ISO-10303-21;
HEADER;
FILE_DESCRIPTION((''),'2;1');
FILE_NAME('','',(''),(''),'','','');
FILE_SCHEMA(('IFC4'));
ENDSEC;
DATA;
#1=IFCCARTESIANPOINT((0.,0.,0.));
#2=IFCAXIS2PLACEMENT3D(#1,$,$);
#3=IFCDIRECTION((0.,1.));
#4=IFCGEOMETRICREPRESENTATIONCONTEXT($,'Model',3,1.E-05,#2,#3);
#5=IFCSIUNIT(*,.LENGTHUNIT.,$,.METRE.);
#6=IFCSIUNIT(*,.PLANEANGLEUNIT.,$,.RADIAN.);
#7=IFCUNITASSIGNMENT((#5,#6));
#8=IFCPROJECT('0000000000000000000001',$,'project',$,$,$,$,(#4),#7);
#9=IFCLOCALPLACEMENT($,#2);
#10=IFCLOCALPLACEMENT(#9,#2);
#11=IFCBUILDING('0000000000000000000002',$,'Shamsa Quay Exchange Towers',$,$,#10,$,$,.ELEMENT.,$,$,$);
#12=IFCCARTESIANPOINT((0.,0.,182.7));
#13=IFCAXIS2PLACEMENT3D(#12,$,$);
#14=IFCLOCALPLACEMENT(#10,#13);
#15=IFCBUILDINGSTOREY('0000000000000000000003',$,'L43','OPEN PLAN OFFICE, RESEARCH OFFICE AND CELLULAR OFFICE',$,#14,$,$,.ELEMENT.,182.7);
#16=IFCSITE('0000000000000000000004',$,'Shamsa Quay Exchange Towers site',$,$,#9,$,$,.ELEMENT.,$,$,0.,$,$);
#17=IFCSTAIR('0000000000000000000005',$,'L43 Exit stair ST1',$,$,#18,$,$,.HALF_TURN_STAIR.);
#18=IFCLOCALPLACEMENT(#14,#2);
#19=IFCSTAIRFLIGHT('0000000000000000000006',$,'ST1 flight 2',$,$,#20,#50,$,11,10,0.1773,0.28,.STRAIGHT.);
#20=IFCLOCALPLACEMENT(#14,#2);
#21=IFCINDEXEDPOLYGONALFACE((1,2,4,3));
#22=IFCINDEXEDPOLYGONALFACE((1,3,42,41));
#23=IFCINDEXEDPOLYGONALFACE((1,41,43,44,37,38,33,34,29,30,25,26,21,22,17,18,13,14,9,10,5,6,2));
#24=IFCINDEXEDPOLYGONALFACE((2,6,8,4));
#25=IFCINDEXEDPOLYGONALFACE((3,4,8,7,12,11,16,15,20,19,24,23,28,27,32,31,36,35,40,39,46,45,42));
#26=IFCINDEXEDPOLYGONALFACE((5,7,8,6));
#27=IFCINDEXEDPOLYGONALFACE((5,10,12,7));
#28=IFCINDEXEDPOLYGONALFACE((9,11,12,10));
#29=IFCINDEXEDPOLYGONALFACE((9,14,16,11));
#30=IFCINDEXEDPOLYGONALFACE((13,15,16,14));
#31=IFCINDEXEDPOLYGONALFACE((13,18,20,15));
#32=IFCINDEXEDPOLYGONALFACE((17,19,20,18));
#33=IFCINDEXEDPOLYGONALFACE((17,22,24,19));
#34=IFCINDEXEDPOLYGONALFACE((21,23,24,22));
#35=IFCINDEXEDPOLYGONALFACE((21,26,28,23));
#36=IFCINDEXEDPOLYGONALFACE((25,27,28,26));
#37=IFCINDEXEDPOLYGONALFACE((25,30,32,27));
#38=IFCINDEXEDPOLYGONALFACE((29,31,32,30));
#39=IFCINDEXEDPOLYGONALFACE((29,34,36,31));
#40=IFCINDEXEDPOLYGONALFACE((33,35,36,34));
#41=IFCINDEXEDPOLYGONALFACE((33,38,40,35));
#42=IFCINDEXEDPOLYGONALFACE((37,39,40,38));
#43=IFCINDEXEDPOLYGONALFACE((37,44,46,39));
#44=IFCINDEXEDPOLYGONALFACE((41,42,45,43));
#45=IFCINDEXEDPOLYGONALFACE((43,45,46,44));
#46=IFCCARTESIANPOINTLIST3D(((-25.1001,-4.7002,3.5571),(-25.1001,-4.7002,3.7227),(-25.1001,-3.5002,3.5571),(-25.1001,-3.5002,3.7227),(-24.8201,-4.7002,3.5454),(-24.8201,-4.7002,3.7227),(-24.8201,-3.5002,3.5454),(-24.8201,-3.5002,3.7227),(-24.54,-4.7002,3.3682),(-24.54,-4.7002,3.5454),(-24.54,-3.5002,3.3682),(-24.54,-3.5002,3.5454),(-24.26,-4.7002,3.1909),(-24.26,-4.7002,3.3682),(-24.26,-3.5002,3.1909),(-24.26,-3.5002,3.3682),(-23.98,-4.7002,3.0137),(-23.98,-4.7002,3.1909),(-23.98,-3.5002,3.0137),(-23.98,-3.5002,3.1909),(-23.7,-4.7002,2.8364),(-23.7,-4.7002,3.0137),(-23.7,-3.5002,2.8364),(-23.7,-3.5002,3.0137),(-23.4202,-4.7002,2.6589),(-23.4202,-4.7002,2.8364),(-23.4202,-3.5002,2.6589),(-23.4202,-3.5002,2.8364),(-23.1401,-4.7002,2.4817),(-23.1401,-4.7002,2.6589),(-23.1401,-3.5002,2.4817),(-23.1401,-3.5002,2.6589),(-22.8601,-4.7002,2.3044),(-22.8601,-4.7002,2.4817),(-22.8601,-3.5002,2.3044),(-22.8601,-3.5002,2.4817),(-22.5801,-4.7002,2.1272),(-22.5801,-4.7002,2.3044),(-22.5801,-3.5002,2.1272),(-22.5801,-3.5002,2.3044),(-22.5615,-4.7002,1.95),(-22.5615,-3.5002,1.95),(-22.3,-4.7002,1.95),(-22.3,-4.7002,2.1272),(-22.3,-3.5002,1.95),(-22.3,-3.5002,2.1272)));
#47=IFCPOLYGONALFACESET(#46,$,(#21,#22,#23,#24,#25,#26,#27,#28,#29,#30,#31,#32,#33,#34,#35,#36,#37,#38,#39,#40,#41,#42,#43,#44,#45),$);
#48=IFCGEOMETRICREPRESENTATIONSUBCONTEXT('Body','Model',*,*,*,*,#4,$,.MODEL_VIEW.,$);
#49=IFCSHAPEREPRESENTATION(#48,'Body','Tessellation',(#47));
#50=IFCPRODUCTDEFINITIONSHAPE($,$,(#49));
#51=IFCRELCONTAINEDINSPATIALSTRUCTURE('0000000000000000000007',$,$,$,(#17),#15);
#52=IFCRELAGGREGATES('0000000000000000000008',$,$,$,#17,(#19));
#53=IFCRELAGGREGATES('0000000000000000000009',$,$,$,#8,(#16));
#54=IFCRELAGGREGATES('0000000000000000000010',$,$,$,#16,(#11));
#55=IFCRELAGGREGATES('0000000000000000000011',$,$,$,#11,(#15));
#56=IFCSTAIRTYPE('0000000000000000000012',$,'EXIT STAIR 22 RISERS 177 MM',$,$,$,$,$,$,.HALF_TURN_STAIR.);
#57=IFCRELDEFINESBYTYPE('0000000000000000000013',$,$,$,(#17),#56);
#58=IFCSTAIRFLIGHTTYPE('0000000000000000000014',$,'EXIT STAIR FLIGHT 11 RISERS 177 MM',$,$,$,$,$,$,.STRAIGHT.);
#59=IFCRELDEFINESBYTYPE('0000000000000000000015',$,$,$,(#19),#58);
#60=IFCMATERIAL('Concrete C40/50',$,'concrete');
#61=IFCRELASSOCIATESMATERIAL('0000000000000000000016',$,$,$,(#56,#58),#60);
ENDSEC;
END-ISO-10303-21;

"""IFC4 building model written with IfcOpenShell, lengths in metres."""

from ifc_helpers import new_model, si_unit, direction, frame, origin, place, context, subcontext, project, spatial, polyline, outline, extrude, material, type_object, element, aggregate, save


model = new_model("IFC4")

# Units and contexts
model_context = context("Model", 3, precision=1e-05, world=origin(), true_north=direction((0.0, 1.0)))
body_context = subcontext(model_context, "Body", "Model", "MODEL_VIEW")
ifc_project = project(units=[si_unit("LENGTHUNIT", "METRE"), si_unit("PLANEANGLEUNIT", "RADIAN")], contexts=[model_context])

# Site, building, storey
site_placement = place(None, origin())
site = spatial("IfcSite", under=ifc_project, at=site_placement, Name="Shamsa Quay Exchange Towers site", CompositionType="ELEMENT", RefElevation=0.0)
building_placement = place(site_placement, origin())
building = spatial("IfcBuilding", under=site, at=building_placement, Name="Shamsa Quay Exchange Towers", CompositionType="ELEMENT")
storey_placement = place(building_placement, frame((0.0, 0.0, 182.7)))
storey = spatial("IfcBuildingStorey", under=building, at=storey_placement, Name="L43", Description="OPEN PLAN OFFICE, RESEARCH OFFICE AND CELLULAR OFFICE", CompositionType="ELEMENT", Elevation=182.7)

# Stair, stair flight
ifc_material_1 = material(Name="Concrete C40/50", Category="concrete")
stair_type = type_object("IfcStairType", Name="EXIT STAIR 22 RISERS 177 MM", PredefinedType="HALF_TURN_STAIR", material=ifc_material_1)
stair_placement = place(storey_placement, origin())
stair = element("IfcStair", 1, at=stair_placement, inside=storey, type_object=stair_type, Name="L43 Exit stair ST1", PredefinedType="HALF_TURN_STAIR")
stair_flight_type = type_object("IfcStairFlightType", Name="EXIT STAIR FLIGHT 11 RISERS 177 MM", PredefinedType="STRAIGHT", material=ifc_material_1)
stair_flight_1_placement = place(storey_placement, frame((-22.3, -4.1001, 1.95), z_axis=(0.0, 0.0, 1.0), x_axis=(-1.0, 0.0, 0.0)))
stair_flight_1 = element("IfcStairFlight", 2, at=stair_flight_1_placement, type_object=stair_flight_type, Name="ST1 flight 2", NumberOfRisers=11, NumberOfTreads=10, PredefinedType="STRAIGHT", RiserHeight=0.1773, TreadLength=0.28, context=body_context, shape_type="SweptSolid", body=[
    extrude(outline(polyline([(0.0, 0.0), (0.0, 0.1772), (0.28, 0.1772), (0.28, 0.3545), (0.5601, 0.3545), (0.5601, 0.5317), (0.8401, 0.5317), (0.8401, 0.709), (1.1201, 0.709), (1.1201, 0.8865), (1.3999, 0.8865), (1.3999, 1.0637), (1.6799, 1.0637), (1.6799, 1.241), (1.96, 1.241), (1.96, 1.4182), (2.24, 1.4182), (2.24, 1.5955), (2.52, 1.5955), (2.52, 1.7727), (2.8, 1.7727), (2.8, 1.95), (2.8, 1.6072), (0.2615, 0.0), (0.0, 0.0)])), frame((0.0, 0.6001, 0.0), z_axis=(0.0, -1.0, 0.0), x_axis=(1.0, 0.0, 0.0)), (0.0, 0.0, 1.0), 1.2),
])
aggregate(stair, [stair_flight_1])

save(model, "model.ifc")
